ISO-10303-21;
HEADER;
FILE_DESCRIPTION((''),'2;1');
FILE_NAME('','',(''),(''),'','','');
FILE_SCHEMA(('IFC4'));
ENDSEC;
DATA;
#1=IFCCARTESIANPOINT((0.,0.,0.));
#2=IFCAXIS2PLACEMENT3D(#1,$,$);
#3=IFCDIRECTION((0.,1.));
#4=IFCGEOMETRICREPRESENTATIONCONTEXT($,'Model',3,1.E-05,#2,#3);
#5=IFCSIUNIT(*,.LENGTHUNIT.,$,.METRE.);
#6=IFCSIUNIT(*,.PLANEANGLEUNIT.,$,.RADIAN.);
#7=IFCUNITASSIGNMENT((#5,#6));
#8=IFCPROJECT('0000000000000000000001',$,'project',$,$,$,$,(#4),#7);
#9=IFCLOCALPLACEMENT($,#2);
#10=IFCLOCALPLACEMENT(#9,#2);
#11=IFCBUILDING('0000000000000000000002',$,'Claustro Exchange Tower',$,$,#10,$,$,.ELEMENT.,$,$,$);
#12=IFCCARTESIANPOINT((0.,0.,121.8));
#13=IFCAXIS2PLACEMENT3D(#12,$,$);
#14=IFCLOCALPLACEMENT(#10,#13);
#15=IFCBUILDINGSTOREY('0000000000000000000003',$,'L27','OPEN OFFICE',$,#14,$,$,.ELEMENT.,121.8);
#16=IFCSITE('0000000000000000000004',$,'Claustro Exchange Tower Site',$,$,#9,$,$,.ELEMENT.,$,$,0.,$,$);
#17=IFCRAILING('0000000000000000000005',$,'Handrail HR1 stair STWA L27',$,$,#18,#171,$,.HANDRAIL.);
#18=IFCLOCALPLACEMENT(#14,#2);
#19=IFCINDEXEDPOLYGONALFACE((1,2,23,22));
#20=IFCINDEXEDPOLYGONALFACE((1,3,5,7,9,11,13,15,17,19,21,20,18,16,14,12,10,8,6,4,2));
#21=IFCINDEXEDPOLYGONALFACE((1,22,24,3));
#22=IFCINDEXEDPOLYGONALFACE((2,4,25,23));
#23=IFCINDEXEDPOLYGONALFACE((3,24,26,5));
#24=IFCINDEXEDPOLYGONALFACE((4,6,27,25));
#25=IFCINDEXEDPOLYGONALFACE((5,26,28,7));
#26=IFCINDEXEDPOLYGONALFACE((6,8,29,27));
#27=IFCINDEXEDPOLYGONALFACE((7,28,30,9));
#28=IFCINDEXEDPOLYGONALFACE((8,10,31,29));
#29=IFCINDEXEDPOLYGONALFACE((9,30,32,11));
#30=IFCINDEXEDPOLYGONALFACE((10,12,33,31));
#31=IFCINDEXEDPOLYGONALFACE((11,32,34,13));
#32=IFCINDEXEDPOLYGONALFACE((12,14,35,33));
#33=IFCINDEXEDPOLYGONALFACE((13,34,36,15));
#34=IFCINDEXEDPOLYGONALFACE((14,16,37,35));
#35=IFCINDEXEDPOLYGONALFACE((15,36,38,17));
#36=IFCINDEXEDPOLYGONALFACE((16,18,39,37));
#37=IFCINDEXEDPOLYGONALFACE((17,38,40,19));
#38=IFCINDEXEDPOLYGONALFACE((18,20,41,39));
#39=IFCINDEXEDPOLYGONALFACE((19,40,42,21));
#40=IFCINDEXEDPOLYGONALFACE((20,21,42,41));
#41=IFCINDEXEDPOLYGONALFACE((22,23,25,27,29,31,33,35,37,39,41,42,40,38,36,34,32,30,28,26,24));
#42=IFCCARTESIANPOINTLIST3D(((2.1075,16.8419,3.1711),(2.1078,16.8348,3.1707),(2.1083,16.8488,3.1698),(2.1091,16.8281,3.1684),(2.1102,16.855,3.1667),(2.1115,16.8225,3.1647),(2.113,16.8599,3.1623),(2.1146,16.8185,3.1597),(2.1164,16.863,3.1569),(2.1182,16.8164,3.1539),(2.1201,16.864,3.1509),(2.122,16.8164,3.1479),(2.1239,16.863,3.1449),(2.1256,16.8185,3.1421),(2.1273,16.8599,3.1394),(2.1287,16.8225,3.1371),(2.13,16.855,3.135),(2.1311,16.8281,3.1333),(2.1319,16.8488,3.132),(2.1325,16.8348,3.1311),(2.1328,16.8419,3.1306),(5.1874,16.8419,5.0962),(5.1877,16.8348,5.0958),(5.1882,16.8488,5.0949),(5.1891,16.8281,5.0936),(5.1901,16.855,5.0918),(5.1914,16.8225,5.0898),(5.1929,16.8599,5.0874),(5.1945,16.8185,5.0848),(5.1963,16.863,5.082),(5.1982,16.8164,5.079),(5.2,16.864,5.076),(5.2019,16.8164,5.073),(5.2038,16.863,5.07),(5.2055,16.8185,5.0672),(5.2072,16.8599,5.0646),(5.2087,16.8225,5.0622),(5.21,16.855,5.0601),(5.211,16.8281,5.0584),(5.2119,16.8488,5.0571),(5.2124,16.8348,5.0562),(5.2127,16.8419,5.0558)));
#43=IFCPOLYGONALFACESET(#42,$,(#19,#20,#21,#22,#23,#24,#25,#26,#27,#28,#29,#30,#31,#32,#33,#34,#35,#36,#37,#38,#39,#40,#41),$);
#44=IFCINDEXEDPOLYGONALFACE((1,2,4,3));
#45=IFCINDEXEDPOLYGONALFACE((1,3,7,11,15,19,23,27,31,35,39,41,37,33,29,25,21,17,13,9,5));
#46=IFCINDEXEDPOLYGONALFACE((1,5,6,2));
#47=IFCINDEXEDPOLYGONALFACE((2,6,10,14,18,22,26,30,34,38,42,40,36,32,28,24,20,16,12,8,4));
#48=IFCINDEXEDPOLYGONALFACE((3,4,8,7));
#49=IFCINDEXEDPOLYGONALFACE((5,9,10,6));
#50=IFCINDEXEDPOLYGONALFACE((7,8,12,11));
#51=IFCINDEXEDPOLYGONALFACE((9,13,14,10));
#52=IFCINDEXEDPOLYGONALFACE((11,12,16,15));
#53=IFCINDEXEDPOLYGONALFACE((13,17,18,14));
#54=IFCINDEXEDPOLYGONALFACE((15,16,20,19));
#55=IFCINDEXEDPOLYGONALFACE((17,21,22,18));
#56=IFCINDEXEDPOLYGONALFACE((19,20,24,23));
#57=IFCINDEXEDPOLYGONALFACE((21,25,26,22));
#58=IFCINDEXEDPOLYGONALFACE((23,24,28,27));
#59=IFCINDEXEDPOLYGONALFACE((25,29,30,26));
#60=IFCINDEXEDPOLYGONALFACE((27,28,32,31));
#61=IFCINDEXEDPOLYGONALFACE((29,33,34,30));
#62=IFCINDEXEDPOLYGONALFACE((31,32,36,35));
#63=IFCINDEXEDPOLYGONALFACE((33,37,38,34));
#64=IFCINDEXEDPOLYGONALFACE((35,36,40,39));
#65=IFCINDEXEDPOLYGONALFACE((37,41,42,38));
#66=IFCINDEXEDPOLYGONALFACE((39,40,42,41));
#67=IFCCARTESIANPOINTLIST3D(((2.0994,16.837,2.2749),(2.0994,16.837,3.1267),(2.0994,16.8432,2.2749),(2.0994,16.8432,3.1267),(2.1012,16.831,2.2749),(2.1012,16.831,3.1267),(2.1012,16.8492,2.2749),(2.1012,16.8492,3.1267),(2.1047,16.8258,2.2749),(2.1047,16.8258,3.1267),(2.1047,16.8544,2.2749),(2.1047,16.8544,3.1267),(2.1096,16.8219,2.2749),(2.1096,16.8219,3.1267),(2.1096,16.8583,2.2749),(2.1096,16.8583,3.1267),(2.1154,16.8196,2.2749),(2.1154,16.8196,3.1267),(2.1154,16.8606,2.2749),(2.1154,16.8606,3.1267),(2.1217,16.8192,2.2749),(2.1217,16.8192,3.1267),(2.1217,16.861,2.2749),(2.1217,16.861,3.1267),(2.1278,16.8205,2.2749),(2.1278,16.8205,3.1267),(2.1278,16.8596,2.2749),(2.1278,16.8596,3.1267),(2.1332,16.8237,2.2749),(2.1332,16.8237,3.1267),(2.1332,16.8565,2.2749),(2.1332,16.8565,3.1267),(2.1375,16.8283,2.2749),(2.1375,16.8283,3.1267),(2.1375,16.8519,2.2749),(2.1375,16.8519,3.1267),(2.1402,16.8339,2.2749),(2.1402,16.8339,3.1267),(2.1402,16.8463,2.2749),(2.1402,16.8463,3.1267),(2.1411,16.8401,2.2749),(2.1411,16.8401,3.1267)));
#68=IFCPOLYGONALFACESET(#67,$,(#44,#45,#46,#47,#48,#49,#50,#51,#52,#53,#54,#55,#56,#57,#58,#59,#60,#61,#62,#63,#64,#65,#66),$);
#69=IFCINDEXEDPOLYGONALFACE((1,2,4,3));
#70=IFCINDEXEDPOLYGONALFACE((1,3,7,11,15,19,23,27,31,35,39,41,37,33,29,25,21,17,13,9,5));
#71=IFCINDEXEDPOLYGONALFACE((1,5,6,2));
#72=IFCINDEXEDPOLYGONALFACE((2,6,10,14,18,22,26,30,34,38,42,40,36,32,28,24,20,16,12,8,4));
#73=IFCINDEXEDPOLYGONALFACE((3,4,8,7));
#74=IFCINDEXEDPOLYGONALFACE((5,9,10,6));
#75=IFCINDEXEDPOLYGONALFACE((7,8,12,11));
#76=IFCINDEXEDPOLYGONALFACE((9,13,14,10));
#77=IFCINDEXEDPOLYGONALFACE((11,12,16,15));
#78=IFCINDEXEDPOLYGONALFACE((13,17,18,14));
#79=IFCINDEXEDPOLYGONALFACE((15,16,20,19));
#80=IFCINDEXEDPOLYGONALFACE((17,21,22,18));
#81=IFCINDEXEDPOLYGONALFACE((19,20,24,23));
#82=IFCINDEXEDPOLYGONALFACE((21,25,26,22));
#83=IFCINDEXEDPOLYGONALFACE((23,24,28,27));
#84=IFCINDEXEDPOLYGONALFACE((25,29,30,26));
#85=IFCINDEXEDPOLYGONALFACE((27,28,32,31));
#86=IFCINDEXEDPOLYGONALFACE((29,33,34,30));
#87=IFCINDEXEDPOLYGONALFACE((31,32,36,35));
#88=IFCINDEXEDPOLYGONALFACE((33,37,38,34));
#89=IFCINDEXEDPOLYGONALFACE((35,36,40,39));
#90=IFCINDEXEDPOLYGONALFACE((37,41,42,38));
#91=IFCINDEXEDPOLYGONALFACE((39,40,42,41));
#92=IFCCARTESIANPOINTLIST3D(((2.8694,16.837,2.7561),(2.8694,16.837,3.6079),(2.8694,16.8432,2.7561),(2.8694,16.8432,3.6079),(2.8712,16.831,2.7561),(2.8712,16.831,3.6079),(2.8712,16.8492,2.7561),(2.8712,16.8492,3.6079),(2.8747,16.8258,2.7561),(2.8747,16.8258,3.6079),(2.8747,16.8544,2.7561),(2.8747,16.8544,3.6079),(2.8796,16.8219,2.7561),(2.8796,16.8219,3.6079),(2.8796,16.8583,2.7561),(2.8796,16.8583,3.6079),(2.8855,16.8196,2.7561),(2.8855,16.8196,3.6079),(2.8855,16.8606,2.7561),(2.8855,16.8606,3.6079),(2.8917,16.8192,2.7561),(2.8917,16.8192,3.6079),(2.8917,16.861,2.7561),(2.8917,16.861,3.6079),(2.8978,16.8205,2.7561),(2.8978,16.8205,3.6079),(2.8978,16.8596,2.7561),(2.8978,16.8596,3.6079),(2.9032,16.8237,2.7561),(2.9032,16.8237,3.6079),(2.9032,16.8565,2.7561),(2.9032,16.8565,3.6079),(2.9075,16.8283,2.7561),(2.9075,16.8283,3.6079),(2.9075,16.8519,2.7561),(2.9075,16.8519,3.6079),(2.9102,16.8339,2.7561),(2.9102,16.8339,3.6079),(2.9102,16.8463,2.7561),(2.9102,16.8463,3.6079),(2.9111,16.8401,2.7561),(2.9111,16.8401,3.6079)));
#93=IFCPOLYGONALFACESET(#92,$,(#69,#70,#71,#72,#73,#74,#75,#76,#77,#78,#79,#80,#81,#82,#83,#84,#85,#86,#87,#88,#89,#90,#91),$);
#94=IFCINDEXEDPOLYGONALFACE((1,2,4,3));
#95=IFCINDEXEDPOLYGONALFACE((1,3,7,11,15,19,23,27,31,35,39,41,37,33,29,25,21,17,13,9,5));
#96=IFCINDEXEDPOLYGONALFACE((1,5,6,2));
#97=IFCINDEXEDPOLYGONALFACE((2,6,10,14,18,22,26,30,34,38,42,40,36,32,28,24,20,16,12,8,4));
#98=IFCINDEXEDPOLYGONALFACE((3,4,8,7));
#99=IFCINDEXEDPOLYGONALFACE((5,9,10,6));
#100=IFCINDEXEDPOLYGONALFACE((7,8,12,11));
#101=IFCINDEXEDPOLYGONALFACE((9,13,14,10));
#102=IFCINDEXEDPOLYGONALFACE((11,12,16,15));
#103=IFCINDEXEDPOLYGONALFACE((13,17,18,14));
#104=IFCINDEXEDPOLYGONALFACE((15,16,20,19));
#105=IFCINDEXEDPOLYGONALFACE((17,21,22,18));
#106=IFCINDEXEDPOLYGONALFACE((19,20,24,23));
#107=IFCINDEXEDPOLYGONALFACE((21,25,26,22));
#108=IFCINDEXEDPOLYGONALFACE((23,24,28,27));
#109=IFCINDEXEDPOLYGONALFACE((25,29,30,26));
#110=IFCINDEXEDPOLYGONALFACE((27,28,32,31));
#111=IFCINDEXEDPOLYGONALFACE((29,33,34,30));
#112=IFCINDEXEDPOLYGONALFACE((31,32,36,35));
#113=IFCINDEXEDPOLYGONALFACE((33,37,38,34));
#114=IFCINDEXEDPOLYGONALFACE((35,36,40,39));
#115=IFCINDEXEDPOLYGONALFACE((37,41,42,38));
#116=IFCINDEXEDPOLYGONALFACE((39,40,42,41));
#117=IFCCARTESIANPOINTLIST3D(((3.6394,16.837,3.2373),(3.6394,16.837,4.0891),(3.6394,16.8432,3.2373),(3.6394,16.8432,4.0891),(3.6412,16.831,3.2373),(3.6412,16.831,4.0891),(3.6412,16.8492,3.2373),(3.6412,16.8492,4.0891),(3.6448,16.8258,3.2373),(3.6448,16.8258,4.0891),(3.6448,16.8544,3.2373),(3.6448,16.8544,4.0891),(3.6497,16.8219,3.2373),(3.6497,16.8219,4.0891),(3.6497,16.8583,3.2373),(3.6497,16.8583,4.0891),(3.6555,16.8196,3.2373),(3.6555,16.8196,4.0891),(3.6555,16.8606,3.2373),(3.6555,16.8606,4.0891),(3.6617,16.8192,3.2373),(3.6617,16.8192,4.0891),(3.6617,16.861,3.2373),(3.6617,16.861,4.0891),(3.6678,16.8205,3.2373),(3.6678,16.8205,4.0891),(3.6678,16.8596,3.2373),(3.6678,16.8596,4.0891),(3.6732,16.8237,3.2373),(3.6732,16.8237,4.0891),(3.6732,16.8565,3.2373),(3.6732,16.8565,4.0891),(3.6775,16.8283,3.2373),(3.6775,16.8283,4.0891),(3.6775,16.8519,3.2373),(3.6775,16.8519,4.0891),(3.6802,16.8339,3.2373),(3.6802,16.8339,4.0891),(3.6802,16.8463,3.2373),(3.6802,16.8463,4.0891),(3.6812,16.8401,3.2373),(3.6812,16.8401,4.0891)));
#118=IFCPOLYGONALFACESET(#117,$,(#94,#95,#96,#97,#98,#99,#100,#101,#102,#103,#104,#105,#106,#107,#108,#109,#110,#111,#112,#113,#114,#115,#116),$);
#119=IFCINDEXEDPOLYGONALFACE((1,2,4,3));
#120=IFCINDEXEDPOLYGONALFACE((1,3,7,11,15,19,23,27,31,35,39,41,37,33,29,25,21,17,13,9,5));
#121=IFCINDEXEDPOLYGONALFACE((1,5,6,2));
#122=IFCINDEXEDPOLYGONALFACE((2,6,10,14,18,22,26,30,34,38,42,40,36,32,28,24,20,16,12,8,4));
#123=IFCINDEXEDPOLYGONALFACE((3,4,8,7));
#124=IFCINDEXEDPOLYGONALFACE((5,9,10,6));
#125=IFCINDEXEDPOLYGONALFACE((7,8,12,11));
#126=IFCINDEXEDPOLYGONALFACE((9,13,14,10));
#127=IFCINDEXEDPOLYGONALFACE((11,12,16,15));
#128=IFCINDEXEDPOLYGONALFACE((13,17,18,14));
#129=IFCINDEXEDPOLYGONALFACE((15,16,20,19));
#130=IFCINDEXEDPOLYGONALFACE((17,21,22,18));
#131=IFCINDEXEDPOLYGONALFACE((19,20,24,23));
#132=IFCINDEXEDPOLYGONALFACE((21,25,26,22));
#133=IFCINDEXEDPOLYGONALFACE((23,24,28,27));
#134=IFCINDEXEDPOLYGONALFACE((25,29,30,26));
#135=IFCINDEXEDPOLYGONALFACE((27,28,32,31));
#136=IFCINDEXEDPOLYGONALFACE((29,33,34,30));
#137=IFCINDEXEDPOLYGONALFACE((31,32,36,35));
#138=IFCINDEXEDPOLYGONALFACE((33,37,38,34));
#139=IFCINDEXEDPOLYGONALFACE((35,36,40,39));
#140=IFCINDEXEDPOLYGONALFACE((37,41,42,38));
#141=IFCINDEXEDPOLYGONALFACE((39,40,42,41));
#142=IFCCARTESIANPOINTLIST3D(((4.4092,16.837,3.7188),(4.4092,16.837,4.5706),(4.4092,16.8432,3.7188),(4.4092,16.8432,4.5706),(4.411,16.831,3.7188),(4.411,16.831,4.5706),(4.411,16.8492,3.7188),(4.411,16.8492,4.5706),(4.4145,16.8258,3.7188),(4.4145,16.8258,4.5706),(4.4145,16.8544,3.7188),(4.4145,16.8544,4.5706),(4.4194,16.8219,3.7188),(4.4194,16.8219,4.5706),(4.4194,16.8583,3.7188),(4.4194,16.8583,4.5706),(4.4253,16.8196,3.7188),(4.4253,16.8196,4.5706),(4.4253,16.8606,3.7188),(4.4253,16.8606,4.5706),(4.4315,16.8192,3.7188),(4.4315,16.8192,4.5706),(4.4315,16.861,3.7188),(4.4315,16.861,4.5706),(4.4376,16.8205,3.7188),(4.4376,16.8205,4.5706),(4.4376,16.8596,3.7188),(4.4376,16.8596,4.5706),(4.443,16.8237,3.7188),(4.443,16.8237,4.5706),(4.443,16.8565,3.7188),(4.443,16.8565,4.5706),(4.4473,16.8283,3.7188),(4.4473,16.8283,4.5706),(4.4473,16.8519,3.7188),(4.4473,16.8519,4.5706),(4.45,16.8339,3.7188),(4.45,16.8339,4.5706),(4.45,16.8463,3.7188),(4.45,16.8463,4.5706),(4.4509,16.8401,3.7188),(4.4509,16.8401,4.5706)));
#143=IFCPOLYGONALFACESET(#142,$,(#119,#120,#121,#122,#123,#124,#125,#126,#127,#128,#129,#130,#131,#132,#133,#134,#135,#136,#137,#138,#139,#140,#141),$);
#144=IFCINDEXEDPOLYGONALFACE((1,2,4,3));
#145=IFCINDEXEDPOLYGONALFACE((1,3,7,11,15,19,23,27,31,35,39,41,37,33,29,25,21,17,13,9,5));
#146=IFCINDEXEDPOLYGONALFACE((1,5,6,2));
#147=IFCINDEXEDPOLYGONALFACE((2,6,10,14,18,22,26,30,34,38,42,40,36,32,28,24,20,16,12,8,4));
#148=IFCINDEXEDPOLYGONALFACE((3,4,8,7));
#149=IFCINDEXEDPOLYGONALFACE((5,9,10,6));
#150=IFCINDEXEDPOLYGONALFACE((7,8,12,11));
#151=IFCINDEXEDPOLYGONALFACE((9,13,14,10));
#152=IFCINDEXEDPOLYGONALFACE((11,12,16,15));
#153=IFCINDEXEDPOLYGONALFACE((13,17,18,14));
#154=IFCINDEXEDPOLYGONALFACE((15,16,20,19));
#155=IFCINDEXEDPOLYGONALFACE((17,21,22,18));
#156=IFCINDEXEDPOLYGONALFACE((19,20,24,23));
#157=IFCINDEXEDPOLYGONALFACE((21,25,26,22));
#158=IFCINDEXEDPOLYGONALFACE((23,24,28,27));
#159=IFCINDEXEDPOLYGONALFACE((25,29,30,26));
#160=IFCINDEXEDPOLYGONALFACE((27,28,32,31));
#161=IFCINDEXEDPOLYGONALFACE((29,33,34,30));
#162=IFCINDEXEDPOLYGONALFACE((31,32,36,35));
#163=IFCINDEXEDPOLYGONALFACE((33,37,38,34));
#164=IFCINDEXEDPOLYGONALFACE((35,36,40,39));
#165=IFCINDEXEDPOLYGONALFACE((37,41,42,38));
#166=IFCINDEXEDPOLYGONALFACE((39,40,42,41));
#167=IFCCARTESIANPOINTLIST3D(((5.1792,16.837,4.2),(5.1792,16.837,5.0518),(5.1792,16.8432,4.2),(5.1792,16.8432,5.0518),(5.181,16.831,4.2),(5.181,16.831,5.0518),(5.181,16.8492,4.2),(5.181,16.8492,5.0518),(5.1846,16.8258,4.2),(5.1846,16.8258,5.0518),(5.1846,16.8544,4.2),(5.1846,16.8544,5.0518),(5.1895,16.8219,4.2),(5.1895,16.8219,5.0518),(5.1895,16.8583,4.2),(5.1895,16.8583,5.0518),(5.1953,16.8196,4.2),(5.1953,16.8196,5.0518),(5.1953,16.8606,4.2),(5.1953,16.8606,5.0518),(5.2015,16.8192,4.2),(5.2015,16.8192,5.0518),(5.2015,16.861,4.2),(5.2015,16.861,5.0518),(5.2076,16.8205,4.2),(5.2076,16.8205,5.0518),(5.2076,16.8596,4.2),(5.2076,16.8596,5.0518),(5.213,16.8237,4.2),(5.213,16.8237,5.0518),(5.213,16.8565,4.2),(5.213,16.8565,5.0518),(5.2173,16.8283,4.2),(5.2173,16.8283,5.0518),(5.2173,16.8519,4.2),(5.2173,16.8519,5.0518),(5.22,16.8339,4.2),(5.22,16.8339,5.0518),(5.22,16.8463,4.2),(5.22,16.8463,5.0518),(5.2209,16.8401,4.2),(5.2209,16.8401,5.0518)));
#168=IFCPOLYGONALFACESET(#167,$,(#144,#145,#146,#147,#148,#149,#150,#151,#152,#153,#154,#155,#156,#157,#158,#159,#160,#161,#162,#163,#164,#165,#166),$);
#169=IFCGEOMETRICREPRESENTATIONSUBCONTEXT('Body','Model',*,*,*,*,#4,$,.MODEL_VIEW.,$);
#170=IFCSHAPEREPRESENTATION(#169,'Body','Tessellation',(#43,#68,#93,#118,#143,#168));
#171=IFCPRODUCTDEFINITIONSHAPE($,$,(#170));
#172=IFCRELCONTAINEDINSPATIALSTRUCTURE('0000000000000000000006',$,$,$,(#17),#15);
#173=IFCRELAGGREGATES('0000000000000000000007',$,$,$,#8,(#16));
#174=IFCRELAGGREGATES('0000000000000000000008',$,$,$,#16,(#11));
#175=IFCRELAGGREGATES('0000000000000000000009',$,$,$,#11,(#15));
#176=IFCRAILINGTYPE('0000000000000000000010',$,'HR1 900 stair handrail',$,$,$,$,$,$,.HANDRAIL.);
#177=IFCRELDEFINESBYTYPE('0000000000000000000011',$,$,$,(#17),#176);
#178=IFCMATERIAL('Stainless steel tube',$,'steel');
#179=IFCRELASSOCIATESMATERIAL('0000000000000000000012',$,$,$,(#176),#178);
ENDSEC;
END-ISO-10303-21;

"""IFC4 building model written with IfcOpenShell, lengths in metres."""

from ifc_helpers import new_model, si_unit, direction, frame, origin, origin_2d, place, context, subcontext, project, spatial, circle, extrude, material, type_object, element, save


model = new_model("IFC4")

# Units and contexts
model_context = context("Model", 3, precision=1e-05, world=origin(), true_north=direction((0.0, 1.0)))
body_context = subcontext(model_context, "Body", "Model", "MODEL_VIEW")
ifc_project = project(units=[si_unit("LENGTHUNIT", "METRE"), si_unit("PLANEANGLEUNIT", "RADIAN")], contexts=[model_context])

# Site, building, storey
site_placement = place(None, origin())
site = spatial("IfcSite", under=ifc_project, at=site_placement, Name="Claustro Exchange Tower Site", CompositionType="ELEMENT", RefElevation=0.0)
building_placement = place(site_placement, origin())
building = spatial("IfcBuilding", under=site, at=building_placement, Name="Claustro Exchange Tower", CompositionType="ELEMENT")
storey_placement = place(building_placement, frame((0.0, 0.0, 121.8)))
storey = spatial("IfcBuildingStorey", under=building, at=storey_placement, Name="L27", Description="OPEN OFFICE", CompositionType="ELEMENT", Elevation=121.8)

# Railing
ifc_material_1 = material(Name="Stainless steel tube", Category="steel")
railing_type = type_object("IfcRailingType", Name="HR1 900 stair handrail", PredefinedType="HANDRAIL", material=ifc_material_1)
railing_placement = place(storey_placement, frame((2.1201, 16.8401, 2.2749)))
element("IfcRailing", 1, at=railing_placement, inside=storey, type_object=railing_type, Name="Handrail HR1 stair STWA L27", PredefinedType="HANDRAIL", context=body_context, shape_type="SweptSolid", body=[
    extrude(circle(Radius=0.0239, at=origin_2d()), frame((0.0, 0.0, 0.876), z_axis=(0.847979, 0.0, 0.530029), x_axis=(0.0, 1.0, 0.0)), (0.0, 0.0, 1.0), 3.6321),
    extrude(circle(Radius=0.021, at=origin_2d()), origin(), (0.0, 0.0, 1.0), 0.8518),
    extrude(circle(Radius=0.021, at=origin_2d()), frame((0.77, 0.0, 0.4812)), (0.0, 0.0, 1.0), 0.8518),
    extrude(circle(Radius=0.021, at=origin_2d()), frame((1.54, 0.0, 0.9624)), (0.0, 0.0, 1.0), 0.8518),
    extrude(circle(Radius=0.021, at=origin_2d()), frame((2.3098, 0.0, 1.4438)), (0.0, 0.0, 1.0), 0.8518),
    extrude(circle(Radius=0.021, at=origin_2d()), frame((3.0798, 0.0, 1.925)), (0.0, 0.0, 1.0), 0.8518),
])

save(model, "model.ifc")
